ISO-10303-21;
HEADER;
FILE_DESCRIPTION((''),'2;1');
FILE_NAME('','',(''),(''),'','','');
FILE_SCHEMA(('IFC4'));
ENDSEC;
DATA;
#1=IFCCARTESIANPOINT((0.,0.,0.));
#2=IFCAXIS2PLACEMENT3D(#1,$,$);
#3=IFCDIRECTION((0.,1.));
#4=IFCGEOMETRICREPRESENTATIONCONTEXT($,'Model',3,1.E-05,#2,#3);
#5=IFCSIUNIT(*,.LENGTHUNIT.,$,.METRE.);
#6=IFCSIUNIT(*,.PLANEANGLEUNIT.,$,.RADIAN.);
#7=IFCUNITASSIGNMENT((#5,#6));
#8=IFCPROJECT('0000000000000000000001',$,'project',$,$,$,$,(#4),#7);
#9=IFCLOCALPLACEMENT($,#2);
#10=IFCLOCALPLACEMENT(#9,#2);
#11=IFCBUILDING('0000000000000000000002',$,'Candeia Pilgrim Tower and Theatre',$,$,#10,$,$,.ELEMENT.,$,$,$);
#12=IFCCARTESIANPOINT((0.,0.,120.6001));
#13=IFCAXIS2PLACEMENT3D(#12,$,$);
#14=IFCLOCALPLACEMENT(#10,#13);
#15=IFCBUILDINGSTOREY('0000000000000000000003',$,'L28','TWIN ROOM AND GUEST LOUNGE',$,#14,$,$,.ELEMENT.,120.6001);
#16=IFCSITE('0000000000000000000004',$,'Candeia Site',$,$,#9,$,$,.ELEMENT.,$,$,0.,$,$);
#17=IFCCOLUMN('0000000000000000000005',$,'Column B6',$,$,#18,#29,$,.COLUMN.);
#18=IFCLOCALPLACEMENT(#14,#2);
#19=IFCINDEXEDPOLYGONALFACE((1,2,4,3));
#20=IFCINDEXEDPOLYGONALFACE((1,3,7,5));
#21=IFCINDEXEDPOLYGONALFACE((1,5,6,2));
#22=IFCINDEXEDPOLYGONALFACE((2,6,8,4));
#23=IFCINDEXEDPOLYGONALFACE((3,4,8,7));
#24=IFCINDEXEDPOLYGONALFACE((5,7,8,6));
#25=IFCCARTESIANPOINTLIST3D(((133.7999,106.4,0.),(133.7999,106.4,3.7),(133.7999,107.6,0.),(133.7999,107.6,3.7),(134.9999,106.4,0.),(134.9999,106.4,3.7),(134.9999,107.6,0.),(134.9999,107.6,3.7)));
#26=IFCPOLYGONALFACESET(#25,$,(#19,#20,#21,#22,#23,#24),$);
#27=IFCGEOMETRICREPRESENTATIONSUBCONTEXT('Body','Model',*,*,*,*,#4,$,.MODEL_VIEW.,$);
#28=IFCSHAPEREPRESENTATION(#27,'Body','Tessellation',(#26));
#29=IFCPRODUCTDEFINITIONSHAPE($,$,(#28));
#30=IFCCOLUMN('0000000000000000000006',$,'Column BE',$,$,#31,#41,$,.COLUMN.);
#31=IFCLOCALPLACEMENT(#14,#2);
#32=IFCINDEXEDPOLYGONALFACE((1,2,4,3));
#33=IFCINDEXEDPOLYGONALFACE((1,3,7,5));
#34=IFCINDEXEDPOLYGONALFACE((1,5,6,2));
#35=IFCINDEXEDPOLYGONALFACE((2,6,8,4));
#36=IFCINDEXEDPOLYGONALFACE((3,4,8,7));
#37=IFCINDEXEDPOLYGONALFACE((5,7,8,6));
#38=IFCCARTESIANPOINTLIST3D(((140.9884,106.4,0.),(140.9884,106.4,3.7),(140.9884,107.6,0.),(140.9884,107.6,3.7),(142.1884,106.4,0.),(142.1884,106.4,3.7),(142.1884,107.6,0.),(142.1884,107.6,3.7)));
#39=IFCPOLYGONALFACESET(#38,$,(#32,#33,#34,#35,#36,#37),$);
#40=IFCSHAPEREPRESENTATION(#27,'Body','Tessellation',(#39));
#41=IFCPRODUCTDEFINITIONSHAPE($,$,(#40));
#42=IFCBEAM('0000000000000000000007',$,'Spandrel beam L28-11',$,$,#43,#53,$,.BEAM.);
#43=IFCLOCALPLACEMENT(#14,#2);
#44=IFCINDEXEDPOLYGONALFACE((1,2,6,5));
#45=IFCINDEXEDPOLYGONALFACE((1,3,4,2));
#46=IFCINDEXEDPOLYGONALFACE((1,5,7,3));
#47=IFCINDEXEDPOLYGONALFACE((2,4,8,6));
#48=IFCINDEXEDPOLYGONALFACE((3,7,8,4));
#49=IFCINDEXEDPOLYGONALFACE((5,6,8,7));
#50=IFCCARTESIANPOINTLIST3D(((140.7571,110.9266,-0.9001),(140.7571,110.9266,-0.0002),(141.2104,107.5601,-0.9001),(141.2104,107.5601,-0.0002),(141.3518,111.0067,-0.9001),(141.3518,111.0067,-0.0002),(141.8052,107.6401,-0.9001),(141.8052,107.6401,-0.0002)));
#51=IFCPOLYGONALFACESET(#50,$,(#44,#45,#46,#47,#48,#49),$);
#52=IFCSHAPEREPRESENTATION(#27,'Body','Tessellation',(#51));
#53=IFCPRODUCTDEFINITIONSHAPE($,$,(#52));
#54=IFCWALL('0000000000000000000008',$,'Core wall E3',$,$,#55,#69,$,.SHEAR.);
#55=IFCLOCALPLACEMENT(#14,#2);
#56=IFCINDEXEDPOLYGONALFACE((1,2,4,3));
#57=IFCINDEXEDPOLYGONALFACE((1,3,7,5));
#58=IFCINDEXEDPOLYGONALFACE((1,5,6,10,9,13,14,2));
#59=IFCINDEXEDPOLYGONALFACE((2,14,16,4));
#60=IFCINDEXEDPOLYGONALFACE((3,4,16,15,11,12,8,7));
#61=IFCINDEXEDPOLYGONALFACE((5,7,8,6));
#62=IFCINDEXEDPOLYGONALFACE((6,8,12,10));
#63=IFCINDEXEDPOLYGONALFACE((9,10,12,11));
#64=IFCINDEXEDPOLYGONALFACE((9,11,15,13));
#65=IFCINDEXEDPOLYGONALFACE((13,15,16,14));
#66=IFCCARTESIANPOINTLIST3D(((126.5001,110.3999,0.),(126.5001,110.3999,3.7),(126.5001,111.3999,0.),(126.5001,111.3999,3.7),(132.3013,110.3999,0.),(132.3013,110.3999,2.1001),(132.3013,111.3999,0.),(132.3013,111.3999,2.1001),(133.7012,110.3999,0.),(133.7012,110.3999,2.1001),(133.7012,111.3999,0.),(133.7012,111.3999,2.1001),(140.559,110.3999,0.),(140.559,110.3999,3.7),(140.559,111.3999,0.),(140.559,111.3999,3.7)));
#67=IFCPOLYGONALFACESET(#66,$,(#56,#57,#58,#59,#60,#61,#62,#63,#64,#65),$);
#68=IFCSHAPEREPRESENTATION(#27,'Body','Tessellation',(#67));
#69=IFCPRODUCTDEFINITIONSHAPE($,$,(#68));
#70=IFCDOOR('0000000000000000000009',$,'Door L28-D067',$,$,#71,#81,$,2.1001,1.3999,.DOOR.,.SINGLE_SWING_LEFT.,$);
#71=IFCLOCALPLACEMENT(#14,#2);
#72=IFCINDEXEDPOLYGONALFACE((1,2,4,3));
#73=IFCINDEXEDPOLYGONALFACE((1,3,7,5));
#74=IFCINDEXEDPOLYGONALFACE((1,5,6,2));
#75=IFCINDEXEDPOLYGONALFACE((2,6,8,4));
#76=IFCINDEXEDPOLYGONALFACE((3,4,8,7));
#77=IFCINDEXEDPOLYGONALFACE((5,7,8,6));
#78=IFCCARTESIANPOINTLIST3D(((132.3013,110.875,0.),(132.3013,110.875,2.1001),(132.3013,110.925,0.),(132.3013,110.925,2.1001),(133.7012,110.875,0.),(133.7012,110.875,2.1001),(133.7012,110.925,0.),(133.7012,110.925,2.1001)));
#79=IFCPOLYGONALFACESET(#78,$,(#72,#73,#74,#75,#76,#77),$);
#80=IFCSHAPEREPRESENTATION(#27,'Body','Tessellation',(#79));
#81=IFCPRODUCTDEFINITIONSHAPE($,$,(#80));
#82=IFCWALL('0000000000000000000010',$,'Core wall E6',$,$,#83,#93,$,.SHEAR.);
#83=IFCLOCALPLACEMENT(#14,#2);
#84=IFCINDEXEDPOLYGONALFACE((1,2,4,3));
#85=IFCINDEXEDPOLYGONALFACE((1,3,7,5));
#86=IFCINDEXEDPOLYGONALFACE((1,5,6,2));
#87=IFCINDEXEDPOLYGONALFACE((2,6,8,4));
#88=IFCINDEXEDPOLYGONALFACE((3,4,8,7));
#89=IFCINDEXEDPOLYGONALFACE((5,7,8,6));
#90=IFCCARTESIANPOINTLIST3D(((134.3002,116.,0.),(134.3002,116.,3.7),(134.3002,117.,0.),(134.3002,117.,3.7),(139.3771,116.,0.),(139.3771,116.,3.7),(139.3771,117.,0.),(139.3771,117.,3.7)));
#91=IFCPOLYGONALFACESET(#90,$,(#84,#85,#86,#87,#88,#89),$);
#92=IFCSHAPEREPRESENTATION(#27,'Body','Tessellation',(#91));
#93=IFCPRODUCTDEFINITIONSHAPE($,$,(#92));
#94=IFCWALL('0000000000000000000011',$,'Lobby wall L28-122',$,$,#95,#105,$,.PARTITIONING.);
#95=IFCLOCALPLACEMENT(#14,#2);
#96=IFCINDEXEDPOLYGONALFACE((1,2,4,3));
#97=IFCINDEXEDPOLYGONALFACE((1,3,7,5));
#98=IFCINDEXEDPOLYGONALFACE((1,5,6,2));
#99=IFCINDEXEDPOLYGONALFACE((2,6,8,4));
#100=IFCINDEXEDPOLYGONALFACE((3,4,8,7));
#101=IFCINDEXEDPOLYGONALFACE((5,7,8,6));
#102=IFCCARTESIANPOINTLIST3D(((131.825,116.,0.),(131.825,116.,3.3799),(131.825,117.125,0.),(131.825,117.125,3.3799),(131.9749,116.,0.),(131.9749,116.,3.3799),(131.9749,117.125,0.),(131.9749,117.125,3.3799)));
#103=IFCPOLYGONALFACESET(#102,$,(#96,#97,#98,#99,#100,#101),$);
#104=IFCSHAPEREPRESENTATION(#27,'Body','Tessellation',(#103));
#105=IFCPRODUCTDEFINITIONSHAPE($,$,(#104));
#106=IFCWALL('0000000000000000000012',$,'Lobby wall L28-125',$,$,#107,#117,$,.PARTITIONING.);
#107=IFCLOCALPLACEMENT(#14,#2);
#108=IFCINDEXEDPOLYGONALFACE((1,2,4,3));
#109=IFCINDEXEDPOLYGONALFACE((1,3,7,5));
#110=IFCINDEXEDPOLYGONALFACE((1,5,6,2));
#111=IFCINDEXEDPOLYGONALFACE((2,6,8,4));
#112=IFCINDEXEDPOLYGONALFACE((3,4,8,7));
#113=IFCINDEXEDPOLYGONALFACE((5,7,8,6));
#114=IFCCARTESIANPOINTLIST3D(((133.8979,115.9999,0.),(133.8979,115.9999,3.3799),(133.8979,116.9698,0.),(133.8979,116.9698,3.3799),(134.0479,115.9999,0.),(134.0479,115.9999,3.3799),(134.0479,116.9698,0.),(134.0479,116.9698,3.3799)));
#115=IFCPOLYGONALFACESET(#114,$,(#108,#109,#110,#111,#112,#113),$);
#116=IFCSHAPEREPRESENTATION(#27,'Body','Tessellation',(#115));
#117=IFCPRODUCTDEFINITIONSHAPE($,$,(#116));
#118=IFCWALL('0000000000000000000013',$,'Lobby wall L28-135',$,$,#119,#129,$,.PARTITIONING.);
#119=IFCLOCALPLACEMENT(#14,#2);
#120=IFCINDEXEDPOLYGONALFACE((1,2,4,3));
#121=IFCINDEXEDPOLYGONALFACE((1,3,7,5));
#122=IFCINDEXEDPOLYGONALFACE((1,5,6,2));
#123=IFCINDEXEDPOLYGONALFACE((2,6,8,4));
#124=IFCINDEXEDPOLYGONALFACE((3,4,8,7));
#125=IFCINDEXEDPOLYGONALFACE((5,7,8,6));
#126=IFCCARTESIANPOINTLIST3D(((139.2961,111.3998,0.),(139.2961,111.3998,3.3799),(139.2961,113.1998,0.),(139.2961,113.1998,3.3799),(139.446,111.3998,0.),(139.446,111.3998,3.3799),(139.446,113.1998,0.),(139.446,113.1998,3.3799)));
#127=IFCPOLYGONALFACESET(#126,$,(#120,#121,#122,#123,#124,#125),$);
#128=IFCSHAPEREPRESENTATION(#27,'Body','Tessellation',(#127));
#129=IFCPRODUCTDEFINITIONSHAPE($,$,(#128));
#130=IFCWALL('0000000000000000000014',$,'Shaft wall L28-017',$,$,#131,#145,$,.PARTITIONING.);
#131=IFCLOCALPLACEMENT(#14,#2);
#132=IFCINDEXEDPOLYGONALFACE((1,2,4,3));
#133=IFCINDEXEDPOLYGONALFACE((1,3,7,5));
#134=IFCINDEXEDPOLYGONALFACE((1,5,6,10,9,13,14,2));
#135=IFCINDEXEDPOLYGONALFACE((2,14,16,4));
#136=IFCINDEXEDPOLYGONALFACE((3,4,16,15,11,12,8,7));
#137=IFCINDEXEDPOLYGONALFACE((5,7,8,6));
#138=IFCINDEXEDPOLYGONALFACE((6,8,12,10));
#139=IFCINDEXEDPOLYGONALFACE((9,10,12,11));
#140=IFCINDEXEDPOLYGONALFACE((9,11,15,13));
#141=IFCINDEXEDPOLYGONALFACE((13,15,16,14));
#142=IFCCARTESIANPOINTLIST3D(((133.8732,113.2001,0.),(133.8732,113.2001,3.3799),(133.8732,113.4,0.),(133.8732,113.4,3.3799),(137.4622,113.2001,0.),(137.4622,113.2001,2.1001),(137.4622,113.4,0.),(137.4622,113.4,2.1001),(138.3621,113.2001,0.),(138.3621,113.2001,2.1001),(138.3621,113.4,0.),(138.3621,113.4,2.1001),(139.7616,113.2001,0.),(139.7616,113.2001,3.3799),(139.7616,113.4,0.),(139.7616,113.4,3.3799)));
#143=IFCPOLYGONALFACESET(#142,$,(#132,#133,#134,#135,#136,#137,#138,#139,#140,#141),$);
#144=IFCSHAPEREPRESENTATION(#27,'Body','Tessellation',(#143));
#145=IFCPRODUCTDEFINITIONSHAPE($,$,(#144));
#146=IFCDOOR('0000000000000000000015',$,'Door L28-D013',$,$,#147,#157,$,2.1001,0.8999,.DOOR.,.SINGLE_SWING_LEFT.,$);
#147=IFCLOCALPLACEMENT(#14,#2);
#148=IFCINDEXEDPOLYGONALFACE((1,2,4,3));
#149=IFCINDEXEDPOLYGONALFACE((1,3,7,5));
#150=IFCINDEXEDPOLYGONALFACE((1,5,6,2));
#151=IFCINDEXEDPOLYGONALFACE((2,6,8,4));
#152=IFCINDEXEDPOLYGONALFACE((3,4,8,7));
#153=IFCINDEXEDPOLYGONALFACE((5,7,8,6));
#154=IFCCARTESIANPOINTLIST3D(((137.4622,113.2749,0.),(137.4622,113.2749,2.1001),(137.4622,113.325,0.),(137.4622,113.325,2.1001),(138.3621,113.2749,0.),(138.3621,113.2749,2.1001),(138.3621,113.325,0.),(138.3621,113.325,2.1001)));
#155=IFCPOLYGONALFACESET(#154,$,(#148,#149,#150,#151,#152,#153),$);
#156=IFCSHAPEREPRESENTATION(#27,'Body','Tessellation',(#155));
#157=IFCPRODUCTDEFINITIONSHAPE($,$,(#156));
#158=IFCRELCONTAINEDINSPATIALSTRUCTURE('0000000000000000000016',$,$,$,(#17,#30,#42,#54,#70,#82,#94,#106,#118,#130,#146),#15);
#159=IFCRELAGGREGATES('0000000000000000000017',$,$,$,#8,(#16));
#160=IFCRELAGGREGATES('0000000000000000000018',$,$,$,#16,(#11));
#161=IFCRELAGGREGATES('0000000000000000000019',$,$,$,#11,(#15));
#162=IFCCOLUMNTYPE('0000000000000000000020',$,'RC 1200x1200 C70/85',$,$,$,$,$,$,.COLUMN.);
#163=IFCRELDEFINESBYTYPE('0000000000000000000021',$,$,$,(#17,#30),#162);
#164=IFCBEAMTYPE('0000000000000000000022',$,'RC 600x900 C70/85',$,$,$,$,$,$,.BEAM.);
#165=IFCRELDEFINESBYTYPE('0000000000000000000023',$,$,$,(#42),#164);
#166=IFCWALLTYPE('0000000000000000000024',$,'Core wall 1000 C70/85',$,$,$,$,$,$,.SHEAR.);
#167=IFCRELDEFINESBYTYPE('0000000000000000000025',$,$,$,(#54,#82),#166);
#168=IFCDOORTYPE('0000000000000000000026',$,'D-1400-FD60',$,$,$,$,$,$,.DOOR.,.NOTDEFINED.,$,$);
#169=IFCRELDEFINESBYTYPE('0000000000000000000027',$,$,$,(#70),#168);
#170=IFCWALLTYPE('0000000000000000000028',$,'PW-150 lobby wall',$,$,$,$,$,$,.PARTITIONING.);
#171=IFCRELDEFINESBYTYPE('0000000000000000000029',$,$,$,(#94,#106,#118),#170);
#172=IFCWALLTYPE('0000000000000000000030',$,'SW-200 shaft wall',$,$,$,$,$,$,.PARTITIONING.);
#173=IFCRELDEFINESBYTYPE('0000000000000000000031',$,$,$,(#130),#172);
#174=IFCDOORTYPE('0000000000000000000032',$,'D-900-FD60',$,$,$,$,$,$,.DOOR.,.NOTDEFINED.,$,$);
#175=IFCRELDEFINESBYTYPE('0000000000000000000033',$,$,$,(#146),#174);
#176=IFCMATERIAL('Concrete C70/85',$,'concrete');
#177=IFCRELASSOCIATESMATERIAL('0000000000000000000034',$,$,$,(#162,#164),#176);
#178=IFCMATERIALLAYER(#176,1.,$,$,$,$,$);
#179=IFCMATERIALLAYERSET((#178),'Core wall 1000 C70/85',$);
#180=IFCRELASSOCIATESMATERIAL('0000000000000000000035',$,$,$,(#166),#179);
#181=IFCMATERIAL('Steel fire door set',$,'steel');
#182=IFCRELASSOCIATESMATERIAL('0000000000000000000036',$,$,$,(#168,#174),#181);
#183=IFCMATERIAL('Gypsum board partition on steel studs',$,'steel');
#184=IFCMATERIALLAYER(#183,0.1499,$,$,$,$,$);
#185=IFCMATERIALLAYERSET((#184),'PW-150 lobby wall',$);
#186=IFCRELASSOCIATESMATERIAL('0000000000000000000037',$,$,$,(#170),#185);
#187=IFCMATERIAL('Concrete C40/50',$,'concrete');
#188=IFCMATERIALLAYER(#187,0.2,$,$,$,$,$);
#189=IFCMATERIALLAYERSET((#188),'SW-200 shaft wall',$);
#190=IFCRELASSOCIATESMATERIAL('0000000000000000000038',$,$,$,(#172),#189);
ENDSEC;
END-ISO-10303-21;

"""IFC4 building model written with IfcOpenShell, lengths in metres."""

from ifc_helpers import new_model, si_unit, direction, frame, frame_2d, origin, origin_2d, place, context, subcontext, project, spatial, rectangle, extrude, material, layer, layer_set, material_profile, profile_set, type_object, element, fill, save


model = new_model("IFC4")

# Units and contexts
model_context = context("Model", 3, precision=1e-05, world=origin(), true_north=direction((0.0, 1.0)))
body_context = subcontext(model_context, "Body", "Model", "MODEL_VIEW")
ifc_project = project(units=[si_unit("LENGTHUNIT", "METRE"), si_unit("PLANEANGLEUNIT", "RADIAN")], contexts=[model_context])

# Site, building, storey
site_placement = place(None, origin())
site = spatial("IfcSite", under=ifc_project, at=site_placement, Name="Candeia Site", CompositionType="ELEMENT", RefElevation=0.0)
building_placement = place(site_placement, origin())
building = spatial("IfcBuilding", under=site, at=building_placement, Name="Candeia Pilgrim Tower and Theatre", CompositionType="ELEMENT")
storey_placement = place(building_placement, frame((0.0, 0.0, 120.6001)))
storey = spatial("IfcBuildingStorey", under=building, at=storey_placement, Name="L28", Description="TWIN ROOM AND GUEST LOUNGE", CompositionType="ELEMENT", Elevation=120.6001)

# Columns
ifc_material_1 = material(Name="Concrete C70/85", Category="concrete")
ifc_material_profile_1 = material_profile(ifc_material_1, rectangle(XDim=1.2, YDim=1.2, at=origin_2d()))
ifc_profile_set_1 = profile_set([ifc_material_profile_1], Name="Concrete C70/85")
column_type = type_object("IfcColumnType", Name="RC 1200x1200 C70/85", PredefinedType="COLUMN", material=ifc_profile_set_1)
for number, where, z_axis, x_axis, name in (
    (1, (134.3999, 107.0, 0.0), (0.0, 0.0, 1.0), (1.0, 0.0, 0.0), "Column B6"),
    (2, (141.5884, 107.0, 0.0), (0.0, 0.0, 1.0), (1.0, 0.0, 0.0), "Column BE"),
):
    element("IfcColumn", number, at=place(storey_placement, frame(where, z_axis=z_axis, x_axis=x_axis)), inside=storey, type_object=column_type, Name=name, PredefinedType="COLUMN", context=body_context, shape_type="SweptSolid", body=[
        extrude(rectangle(XDim=1.2, YDim=1.2, at=origin_2d()), origin(), (0.0, 0.0, 1.0), 3.7),
    ])

# Beam
ifc_material_profile_2 = material_profile(ifc_material_1, rectangle(XDim=0.6001, YDim=0.8999, at=origin_2d()))
ifc_profile_set_2 = profile_set([ifc_material_profile_2], Name="Concrete C70/85")
beam_type = type_object("IfcBeamType", Name="RC 600x900 C70/85", PredefinedType="BEAM", material=ifc_profile_set_2)
beam_placement = place(storey_placement, frame((141.5078, 107.6001, -0.4502), z_axis=(-0.133458, 0.991054, 0.0), x_axis=(-0.991054, -0.133458, 0.0)))
element("IfcBeam", 3, at=beam_placement, inside=storey, type_object=beam_type, Name="Spandrel beam L28-11", PredefinedType="BEAM", context=body_context, shape_type="SweptSolid", body=[
    extrude(rectangle(XDim=0.6001, YDim=0.8999, at=origin_2d()), origin(), (0.0, 0.0, 1.0), 3.397),
])

# Wall, opening, door
ifc_layer_1 = layer(ifc_material_1, 1.0)
ifc_layer_set_1 = layer_set([ifc_layer_1], Name="Core wall 1000 C70/85")
wall_type_1 = type_object("IfcWallType", Name="Core wall 1000 C70/85", PredefinedType="SHEAR", material=ifc_layer_set_1)
wall_1_placement = place(storey_placement, frame((140.5588, 110.8999, 0.0), z_axis=(0.0, 0.0, 1.0), x_axis=(-1.0, 0.0, 0.0)))
wall_1 = element("IfcWall", 4, at=wall_1_placement, inside=storey, type_object=wall_type_1, Name="Core wall E3", PredefinedType="SHEAR", context=body_context, shape_type="SweptSolid", body=[
    extrude(rectangle(XDim=14.0588, YDim=1.0, at=frame_2d((7.0293, 0.0))), origin(), (0.0, 0.0, 1.0), 3.7),
])
opening_1_placement = place(wall_1_placement, frame((6.8577, 0.0, 0.0)))
opening_1 = element("IfcOpeningElement", 5, at=opening_1_placement, cuts=wall_1, PredefinedType="OPENING", context=body_context, shape_type="SweptSolid", body=[
    extrude(rectangle(XDim=1.3999, YDim=2.1001, at=frame_2d((0.7, 1.05))), frame((0.0, 0.51, 0.0), z_axis=(0.0, -1.0, 0.0), x_axis=(1.0, 0.0, 0.0)), (0.0, 0.0, 1.0), 1.02),
])
ifc_material_2 = material(Name="Steel fire door set", Category="steel")
door_type_1 = type_object("IfcDoorType", Name="D-1400-FD60", OperationType="NOTDEFINED", PredefinedType="DOOR", material=ifc_material_2)
door_1_placement = place(opening_1_placement, origin())
door_1 = element("IfcDoor", 6, at=door_1_placement, inside=storey, type_object=door_type_1, Name="Door L28-D067", OperationType="SINGLE_SWING_LEFT", OverallHeight=2.1001, OverallWidth=1.3999, PredefinedType="DOOR", context=body_context, shape_type="SweptSolid", body=[
    extrude(rectangle(XDim=1.3999, YDim=2.1001, at=frame_2d((0.7, 1.05))), frame((0.0, 0.0249, 0.0), z_axis=(0.0, -1.0, 0.0), x_axis=(1.0, 0.0, 0.0)), (0.0, 0.0, 1.0), 0.05),
])
fill(opening_1, door_1)

# Walls
wall_2_placement = place(storey_placement, frame((134.3, 116.5, 0.0), z_axis=(0.0, 0.0, 1.0), x_axis=(1.0, 0.0, 0.0)))
element("IfcWall", 7, at=wall_2_placement, inside=storey, type_object=wall_type_1, Name="Core wall E6", PredefinedType="SHEAR", context=body_context, shape_type="SweptSolid", body=[
    extrude(rectangle(XDim=5.0769, YDim=1.0, at=frame_2d((2.5386, 0.0))), origin(), (0.0, 0.0, 1.0), 3.7),
])
ifc_material_3 = material(Name="Gypsum board partition on steel studs", Category="steel")
ifc_layer_2 = layer(ifc_material_3, 0.1499)
ifc_layer_set_2 = layer_set([ifc_layer_2], Name="PW-150 lobby wall")
wall_type_2 = type_object("IfcWallType", Name="PW-150 lobby wall", PredefinedType="PARTITIONING", material=ifc_layer_set_2)
wall_3_placement = place(storey_placement, frame((131.8999, 116.0, 0.0), z_axis=(0.0, 0.0, 1.0), x_axis=(0.0, 1.0, 0.0)))
element("IfcWall", 8, at=wall_3_placement, inside=storey, type_object=wall_type_2, Name="Lobby wall L28-122", PredefinedType="PARTITIONING", context=body_context, shape_type="SweptSolid", body=[
    extrude(rectangle(XDim=1.125, YDim=0.1499, at=frame_2d((0.5625, 0.0))), origin(), (0.0, 0.0, 1.0), 3.3799),
])
wall_4_placement = place(storey_placement, frame((133.9729, 116.0, 0.0), z_axis=(0.0, 0.0, 1.0), x_axis=(0.0, 1.0, 0.0)))
element("IfcWall", 9, at=wall_4_placement, inside=storey, type_object=wall_type_2, Name="Lobby wall L28-125", PredefinedType="PARTITIONING", context=body_context, shape_type="SweptSolid", body=[
    extrude(rectangle(XDim=0.97, YDim=0.1499, at=frame_2d((0.4849, 0.0))), origin(), (0.0, 0.0, 1.0), 3.3799),
])
wall_5_placement = place(storey_placement, frame((139.3711, 111.3999, 0.0), z_axis=(0.0, 0.0, 1.0), x_axis=(0.0, 1.0, 0.0)))
element("IfcWall", 10, at=wall_5_placement, inside=storey, type_object=wall_type_2, Name="Lobby wall L28-135", PredefinedType="PARTITIONING", context=body_context, shape_type="SweptSolid", body=[
    extrude(rectangle(XDim=1.8, YDim=0.1499, at=frame_2d((0.8999, 0.0))), origin(), (0.0, 0.0, 1.0), 3.3799),
])

# Wall, opening, door
ifc_material_4 = material(Name="Concrete C40/50", Category="concrete")
ifc_layer_3 = layer(ifc_material_4, 0.2)
ifc_layer_set_3 = layer_set([ifc_layer_3], Name="SW-200 shaft wall")
wall_type_3 = type_object("IfcWallType", Name="SW-200 shaft wall", PredefinedType="PARTITIONING", material=ifc_layer_set_3)
wall_6_placement = place(storey_placement, frame((133.873, 113.3, 0.0), z_axis=(0.0, 0.0, 1.0), x_axis=(1.0, 0.0, 0.0)))
wall_6 = element("IfcWall", 11, at=wall_6_placement, inside=storey, type_object=wall_type_3, Name="Shaft wall L28-017", PredefinedType="PARTITIONING", context=body_context, shape_type="SweptSolid", body=[
    extrude(rectangle(XDim=5.8884, YDim=0.2, at=frame_2d((2.9443, 0.0))), origin(), (0.0, 0.0, 1.0), 3.3799),
])
opening_2_placement = place(wall_6_placement, frame((3.5891, 0.0, 0.0)))
opening_2 = element("IfcOpeningElement", 12, at=opening_2_placement, cuts=wall_6, PredefinedType="OPENING", context=body_context, shape_type="SweptSolid", body=[
    extrude(rectangle(XDim=0.8999, YDim=2.1001, at=frame_2d((0.45, 1.05))), frame((0.0, 0.1099, 0.0), z_axis=(0.0, -1.0, 0.0), x_axis=(1.0, 0.0, 0.0)), (0.0, 0.0, 1.0), 0.22),
])
door_type_2 = type_object("IfcDoorType", Name="D-900-FD60", OperationType="NOTDEFINED", PredefinedType="DOOR", material=ifc_material_2)
door_2_placement = place(opening_2_placement, origin())
door_2 = element("IfcDoor", 13, at=door_2_placement, inside=storey, type_object=door_type_2, Name="Door L28-D013", OperationType="SINGLE_SWING_LEFT", OverallHeight=2.1001, OverallWidth=0.8999, PredefinedType="DOOR", context=body_context, shape_type="SweptSolid", body=[
    extrude(rectangle(XDim=0.8999, YDim=2.1001, at=frame_2d((0.45, 1.05))), frame((0.0, 0.0249, 0.0), z_axis=(0.0, -1.0, 0.0), x_axis=(1.0, 0.0, 0.0)), (0.0, 0.0, 1.0), 0.05),
])
fill(opening_2, door_2)

save(model, "model.ifc")
